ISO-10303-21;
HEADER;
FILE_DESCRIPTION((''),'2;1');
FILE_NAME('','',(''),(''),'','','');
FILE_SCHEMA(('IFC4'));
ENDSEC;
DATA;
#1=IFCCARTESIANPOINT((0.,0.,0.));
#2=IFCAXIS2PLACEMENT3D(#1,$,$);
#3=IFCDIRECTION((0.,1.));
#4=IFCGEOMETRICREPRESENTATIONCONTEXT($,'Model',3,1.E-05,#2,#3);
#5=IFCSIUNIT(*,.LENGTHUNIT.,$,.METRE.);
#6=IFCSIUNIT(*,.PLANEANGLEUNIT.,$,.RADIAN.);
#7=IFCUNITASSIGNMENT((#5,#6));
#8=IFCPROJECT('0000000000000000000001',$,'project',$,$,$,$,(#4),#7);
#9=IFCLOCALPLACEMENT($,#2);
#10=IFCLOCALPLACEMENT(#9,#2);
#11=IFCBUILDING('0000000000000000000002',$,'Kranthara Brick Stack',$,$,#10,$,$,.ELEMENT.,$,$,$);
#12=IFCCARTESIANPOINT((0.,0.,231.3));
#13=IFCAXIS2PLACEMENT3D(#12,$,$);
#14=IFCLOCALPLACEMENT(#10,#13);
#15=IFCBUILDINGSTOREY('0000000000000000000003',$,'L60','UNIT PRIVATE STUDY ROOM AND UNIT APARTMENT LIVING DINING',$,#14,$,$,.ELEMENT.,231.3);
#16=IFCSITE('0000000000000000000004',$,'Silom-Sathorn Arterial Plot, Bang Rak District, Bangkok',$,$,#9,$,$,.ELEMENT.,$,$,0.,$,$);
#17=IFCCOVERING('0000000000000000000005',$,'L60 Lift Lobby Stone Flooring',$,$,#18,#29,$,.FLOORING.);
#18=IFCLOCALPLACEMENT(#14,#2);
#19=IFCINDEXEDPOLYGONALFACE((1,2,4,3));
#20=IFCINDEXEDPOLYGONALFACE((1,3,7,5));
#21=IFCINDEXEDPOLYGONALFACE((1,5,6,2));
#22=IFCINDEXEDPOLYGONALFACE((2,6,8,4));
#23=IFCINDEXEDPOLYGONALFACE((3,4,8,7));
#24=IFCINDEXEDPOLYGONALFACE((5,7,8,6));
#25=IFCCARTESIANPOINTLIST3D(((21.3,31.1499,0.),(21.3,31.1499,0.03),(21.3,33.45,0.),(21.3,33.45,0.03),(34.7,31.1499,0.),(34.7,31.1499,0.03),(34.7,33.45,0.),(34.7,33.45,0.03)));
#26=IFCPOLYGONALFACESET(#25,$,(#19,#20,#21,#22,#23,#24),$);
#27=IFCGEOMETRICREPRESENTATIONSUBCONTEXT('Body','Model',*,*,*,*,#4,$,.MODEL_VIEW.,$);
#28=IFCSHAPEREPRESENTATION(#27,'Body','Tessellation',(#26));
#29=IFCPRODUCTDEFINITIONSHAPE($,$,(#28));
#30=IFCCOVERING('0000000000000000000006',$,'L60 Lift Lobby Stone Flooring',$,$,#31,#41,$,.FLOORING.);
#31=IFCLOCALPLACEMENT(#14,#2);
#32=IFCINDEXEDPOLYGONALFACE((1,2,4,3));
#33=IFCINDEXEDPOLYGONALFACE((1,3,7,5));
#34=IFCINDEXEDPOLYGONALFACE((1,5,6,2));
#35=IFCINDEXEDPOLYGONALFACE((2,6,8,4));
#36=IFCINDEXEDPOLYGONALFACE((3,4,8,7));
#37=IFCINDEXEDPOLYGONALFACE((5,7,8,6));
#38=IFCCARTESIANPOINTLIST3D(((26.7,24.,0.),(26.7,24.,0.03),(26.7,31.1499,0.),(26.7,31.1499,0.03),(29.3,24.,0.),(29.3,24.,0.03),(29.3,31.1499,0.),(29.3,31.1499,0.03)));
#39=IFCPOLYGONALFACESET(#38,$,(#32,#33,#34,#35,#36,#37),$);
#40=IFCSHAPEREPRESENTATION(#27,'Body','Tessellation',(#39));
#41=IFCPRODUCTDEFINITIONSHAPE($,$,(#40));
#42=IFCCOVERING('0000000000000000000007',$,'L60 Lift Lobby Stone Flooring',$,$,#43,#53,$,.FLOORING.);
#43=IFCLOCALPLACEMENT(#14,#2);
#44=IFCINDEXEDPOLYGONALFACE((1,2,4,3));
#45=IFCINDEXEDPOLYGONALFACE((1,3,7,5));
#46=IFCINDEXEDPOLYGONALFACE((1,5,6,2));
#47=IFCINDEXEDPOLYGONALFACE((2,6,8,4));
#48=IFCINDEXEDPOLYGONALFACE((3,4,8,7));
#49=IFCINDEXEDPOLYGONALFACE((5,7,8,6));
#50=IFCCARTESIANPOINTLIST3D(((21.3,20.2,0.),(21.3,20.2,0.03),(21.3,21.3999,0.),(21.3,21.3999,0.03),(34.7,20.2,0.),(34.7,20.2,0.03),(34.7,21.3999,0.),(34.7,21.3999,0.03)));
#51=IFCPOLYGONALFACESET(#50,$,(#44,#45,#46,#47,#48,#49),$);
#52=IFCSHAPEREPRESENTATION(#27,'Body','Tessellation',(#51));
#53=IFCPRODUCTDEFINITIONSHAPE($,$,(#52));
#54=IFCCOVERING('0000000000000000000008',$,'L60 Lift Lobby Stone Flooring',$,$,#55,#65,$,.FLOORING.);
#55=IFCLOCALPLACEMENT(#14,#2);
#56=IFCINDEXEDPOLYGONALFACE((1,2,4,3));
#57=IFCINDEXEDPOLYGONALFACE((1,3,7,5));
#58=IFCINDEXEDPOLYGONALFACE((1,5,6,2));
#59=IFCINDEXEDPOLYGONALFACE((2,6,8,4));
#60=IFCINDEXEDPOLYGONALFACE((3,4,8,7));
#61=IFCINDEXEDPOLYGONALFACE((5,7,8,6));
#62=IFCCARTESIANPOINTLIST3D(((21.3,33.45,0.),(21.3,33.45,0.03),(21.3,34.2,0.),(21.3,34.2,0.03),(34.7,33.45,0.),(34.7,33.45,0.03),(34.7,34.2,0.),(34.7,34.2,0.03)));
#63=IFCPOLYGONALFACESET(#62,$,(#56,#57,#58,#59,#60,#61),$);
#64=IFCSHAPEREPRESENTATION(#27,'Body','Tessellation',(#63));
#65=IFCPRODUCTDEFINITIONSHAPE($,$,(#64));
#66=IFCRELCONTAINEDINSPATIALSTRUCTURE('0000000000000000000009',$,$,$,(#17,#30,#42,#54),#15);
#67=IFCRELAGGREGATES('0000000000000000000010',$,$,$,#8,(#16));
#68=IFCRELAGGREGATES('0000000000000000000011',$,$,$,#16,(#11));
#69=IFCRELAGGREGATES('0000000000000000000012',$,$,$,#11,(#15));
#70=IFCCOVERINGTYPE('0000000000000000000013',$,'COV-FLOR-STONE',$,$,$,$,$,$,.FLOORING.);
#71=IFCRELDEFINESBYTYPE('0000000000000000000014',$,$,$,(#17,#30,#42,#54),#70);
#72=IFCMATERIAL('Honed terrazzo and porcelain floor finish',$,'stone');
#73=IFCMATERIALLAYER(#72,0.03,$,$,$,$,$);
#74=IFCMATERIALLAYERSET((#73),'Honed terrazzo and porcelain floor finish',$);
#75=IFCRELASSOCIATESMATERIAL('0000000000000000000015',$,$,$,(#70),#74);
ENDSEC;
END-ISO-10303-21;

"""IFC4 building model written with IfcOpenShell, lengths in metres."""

from ifc_helpers import new_model, si_unit, direction, frame, origin, place, context, subcontext, project, spatial, polyline, outline, extrude, material, layer, layer_set, type_object, element, save


model = new_model("IFC4")

# Units and contexts
model_context = context("Model", 3, precision=1e-05, world=origin(), true_north=direction((0.0, 1.0)))
body_context = subcontext(model_context, "Body", "Model", "MODEL_VIEW")
ifc_project = project(units=[si_unit("LENGTHUNIT", "METRE"), si_unit("PLANEANGLEUNIT", "RADIAN")], contexts=[model_context])

# Site, building, storey
site_placement = place(None, origin())
site = spatial("IfcSite", under=ifc_project, at=site_placement, Name="Silom-Sathorn Arterial Plot, Bang Rak District, Bangkok", CompositionType="ELEMENT", RefElevation=0.0)
building_placement = place(site_placement, origin())
building = spatial("IfcBuilding", under=site, at=building_placement, Name="Kranthara Brick Stack", CompositionType="ELEMENT")
storey_placement = place(building_placement, frame((0.0, 0.0, 231.3)))
storey = spatial("IfcBuildingStorey", under=building, at=storey_placement, Name="L60", Description="UNIT PRIVATE STUDY ROOM AND UNIT APARTMENT LIVING DINING", CompositionType="ELEMENT", Elevation=231.3)

# Coverings
ifc_material_1 = material(Name="Honed terrazzo and porcelain floor finish", Category="stone")
ifc_layer_1 = layer(ifc_material_1, 0.03)
ifc_layer_set_1 = layer_set([ifc_layer_1], Name="Honed terrazzo and porcelain floor finish")
covering_type_1 = type_object("IfcCoveringType", Name="COV-FLOR-STONE", PredefinedType="FLOORING", material=ifc_layer_set_1)
covering_1_placement = place(storey_placement, origin())
element("IfcCovering", 1, at=covering_1_placement, inside=storey, type_object=covering_type_1, Name="L60 Lift Lobby Stone Flooring", PredefinedType="FLOORING", context=body_context, shape_type="SweptSolid", body=[
    extrude(outline(polyline([(34.7, 31.1499), (34.7, 33.45), (21.3, 33.45), (21.3, 31.1499), (34.7, 31.1499)])), origin(), (0.0, 0.0, 1.0), 0.03),
])
covering_2_placement = place(storey_placement, origin())
element("IfcCovering", 2, at=covering_2_placement, inside=storey, type_object=covering_type_1, Name="L60 Lift Lobby Stone Flooring", PredefinedType="FLOORING", context=body_context, shape_type="SweptSolid", body=[
    extrude(outline(polyline([(29.3, 24.0), (26.7, 24.0), (26.7, 31.1499), (29.3, 31.1499), (29.3, 24.0)])), origin(), (0.0, 0.0, 1.0), 0.03),
])
covering_3_placement = place(storey_placement, origin())
element("IfcCovering", 3, at=covering_3_placement, inside=storey, type_object=covering_type_1, Name="L60 Lift Lobby Stone Flooring", PredefinedType="FLOORING", context=body_context, shape_type="SweptSolid", body=[
    extrude(outline(polyline([(34.7, 20.2), (21.3, 20.2), (21.3, 21.3999), (34.7, 21.3999), (34.7, 20.2)])), origin(), (0.0, 0.0, 1.0), 0.03),
])
covering_4_placement = place(storey_placement, origin())
element("IfcCovering", 4, at=covering_4_placement, inside=storey, type_object=covering_type_1, Name="L60 Lift Lobby Stone Flooring", PredefinedType="FLOORING", context=body_context, shape_type="SweptSolid", body=[
    extrude(outline(polyline([(34.7, 33.45), (21.3, 33.45), (21.3, 34.2), (34.7, 34.2), (34.7, 33.45)])), origin(), (0.0, 0.0, 1.0), 0.03),
])

save(model, "model.ifc")
